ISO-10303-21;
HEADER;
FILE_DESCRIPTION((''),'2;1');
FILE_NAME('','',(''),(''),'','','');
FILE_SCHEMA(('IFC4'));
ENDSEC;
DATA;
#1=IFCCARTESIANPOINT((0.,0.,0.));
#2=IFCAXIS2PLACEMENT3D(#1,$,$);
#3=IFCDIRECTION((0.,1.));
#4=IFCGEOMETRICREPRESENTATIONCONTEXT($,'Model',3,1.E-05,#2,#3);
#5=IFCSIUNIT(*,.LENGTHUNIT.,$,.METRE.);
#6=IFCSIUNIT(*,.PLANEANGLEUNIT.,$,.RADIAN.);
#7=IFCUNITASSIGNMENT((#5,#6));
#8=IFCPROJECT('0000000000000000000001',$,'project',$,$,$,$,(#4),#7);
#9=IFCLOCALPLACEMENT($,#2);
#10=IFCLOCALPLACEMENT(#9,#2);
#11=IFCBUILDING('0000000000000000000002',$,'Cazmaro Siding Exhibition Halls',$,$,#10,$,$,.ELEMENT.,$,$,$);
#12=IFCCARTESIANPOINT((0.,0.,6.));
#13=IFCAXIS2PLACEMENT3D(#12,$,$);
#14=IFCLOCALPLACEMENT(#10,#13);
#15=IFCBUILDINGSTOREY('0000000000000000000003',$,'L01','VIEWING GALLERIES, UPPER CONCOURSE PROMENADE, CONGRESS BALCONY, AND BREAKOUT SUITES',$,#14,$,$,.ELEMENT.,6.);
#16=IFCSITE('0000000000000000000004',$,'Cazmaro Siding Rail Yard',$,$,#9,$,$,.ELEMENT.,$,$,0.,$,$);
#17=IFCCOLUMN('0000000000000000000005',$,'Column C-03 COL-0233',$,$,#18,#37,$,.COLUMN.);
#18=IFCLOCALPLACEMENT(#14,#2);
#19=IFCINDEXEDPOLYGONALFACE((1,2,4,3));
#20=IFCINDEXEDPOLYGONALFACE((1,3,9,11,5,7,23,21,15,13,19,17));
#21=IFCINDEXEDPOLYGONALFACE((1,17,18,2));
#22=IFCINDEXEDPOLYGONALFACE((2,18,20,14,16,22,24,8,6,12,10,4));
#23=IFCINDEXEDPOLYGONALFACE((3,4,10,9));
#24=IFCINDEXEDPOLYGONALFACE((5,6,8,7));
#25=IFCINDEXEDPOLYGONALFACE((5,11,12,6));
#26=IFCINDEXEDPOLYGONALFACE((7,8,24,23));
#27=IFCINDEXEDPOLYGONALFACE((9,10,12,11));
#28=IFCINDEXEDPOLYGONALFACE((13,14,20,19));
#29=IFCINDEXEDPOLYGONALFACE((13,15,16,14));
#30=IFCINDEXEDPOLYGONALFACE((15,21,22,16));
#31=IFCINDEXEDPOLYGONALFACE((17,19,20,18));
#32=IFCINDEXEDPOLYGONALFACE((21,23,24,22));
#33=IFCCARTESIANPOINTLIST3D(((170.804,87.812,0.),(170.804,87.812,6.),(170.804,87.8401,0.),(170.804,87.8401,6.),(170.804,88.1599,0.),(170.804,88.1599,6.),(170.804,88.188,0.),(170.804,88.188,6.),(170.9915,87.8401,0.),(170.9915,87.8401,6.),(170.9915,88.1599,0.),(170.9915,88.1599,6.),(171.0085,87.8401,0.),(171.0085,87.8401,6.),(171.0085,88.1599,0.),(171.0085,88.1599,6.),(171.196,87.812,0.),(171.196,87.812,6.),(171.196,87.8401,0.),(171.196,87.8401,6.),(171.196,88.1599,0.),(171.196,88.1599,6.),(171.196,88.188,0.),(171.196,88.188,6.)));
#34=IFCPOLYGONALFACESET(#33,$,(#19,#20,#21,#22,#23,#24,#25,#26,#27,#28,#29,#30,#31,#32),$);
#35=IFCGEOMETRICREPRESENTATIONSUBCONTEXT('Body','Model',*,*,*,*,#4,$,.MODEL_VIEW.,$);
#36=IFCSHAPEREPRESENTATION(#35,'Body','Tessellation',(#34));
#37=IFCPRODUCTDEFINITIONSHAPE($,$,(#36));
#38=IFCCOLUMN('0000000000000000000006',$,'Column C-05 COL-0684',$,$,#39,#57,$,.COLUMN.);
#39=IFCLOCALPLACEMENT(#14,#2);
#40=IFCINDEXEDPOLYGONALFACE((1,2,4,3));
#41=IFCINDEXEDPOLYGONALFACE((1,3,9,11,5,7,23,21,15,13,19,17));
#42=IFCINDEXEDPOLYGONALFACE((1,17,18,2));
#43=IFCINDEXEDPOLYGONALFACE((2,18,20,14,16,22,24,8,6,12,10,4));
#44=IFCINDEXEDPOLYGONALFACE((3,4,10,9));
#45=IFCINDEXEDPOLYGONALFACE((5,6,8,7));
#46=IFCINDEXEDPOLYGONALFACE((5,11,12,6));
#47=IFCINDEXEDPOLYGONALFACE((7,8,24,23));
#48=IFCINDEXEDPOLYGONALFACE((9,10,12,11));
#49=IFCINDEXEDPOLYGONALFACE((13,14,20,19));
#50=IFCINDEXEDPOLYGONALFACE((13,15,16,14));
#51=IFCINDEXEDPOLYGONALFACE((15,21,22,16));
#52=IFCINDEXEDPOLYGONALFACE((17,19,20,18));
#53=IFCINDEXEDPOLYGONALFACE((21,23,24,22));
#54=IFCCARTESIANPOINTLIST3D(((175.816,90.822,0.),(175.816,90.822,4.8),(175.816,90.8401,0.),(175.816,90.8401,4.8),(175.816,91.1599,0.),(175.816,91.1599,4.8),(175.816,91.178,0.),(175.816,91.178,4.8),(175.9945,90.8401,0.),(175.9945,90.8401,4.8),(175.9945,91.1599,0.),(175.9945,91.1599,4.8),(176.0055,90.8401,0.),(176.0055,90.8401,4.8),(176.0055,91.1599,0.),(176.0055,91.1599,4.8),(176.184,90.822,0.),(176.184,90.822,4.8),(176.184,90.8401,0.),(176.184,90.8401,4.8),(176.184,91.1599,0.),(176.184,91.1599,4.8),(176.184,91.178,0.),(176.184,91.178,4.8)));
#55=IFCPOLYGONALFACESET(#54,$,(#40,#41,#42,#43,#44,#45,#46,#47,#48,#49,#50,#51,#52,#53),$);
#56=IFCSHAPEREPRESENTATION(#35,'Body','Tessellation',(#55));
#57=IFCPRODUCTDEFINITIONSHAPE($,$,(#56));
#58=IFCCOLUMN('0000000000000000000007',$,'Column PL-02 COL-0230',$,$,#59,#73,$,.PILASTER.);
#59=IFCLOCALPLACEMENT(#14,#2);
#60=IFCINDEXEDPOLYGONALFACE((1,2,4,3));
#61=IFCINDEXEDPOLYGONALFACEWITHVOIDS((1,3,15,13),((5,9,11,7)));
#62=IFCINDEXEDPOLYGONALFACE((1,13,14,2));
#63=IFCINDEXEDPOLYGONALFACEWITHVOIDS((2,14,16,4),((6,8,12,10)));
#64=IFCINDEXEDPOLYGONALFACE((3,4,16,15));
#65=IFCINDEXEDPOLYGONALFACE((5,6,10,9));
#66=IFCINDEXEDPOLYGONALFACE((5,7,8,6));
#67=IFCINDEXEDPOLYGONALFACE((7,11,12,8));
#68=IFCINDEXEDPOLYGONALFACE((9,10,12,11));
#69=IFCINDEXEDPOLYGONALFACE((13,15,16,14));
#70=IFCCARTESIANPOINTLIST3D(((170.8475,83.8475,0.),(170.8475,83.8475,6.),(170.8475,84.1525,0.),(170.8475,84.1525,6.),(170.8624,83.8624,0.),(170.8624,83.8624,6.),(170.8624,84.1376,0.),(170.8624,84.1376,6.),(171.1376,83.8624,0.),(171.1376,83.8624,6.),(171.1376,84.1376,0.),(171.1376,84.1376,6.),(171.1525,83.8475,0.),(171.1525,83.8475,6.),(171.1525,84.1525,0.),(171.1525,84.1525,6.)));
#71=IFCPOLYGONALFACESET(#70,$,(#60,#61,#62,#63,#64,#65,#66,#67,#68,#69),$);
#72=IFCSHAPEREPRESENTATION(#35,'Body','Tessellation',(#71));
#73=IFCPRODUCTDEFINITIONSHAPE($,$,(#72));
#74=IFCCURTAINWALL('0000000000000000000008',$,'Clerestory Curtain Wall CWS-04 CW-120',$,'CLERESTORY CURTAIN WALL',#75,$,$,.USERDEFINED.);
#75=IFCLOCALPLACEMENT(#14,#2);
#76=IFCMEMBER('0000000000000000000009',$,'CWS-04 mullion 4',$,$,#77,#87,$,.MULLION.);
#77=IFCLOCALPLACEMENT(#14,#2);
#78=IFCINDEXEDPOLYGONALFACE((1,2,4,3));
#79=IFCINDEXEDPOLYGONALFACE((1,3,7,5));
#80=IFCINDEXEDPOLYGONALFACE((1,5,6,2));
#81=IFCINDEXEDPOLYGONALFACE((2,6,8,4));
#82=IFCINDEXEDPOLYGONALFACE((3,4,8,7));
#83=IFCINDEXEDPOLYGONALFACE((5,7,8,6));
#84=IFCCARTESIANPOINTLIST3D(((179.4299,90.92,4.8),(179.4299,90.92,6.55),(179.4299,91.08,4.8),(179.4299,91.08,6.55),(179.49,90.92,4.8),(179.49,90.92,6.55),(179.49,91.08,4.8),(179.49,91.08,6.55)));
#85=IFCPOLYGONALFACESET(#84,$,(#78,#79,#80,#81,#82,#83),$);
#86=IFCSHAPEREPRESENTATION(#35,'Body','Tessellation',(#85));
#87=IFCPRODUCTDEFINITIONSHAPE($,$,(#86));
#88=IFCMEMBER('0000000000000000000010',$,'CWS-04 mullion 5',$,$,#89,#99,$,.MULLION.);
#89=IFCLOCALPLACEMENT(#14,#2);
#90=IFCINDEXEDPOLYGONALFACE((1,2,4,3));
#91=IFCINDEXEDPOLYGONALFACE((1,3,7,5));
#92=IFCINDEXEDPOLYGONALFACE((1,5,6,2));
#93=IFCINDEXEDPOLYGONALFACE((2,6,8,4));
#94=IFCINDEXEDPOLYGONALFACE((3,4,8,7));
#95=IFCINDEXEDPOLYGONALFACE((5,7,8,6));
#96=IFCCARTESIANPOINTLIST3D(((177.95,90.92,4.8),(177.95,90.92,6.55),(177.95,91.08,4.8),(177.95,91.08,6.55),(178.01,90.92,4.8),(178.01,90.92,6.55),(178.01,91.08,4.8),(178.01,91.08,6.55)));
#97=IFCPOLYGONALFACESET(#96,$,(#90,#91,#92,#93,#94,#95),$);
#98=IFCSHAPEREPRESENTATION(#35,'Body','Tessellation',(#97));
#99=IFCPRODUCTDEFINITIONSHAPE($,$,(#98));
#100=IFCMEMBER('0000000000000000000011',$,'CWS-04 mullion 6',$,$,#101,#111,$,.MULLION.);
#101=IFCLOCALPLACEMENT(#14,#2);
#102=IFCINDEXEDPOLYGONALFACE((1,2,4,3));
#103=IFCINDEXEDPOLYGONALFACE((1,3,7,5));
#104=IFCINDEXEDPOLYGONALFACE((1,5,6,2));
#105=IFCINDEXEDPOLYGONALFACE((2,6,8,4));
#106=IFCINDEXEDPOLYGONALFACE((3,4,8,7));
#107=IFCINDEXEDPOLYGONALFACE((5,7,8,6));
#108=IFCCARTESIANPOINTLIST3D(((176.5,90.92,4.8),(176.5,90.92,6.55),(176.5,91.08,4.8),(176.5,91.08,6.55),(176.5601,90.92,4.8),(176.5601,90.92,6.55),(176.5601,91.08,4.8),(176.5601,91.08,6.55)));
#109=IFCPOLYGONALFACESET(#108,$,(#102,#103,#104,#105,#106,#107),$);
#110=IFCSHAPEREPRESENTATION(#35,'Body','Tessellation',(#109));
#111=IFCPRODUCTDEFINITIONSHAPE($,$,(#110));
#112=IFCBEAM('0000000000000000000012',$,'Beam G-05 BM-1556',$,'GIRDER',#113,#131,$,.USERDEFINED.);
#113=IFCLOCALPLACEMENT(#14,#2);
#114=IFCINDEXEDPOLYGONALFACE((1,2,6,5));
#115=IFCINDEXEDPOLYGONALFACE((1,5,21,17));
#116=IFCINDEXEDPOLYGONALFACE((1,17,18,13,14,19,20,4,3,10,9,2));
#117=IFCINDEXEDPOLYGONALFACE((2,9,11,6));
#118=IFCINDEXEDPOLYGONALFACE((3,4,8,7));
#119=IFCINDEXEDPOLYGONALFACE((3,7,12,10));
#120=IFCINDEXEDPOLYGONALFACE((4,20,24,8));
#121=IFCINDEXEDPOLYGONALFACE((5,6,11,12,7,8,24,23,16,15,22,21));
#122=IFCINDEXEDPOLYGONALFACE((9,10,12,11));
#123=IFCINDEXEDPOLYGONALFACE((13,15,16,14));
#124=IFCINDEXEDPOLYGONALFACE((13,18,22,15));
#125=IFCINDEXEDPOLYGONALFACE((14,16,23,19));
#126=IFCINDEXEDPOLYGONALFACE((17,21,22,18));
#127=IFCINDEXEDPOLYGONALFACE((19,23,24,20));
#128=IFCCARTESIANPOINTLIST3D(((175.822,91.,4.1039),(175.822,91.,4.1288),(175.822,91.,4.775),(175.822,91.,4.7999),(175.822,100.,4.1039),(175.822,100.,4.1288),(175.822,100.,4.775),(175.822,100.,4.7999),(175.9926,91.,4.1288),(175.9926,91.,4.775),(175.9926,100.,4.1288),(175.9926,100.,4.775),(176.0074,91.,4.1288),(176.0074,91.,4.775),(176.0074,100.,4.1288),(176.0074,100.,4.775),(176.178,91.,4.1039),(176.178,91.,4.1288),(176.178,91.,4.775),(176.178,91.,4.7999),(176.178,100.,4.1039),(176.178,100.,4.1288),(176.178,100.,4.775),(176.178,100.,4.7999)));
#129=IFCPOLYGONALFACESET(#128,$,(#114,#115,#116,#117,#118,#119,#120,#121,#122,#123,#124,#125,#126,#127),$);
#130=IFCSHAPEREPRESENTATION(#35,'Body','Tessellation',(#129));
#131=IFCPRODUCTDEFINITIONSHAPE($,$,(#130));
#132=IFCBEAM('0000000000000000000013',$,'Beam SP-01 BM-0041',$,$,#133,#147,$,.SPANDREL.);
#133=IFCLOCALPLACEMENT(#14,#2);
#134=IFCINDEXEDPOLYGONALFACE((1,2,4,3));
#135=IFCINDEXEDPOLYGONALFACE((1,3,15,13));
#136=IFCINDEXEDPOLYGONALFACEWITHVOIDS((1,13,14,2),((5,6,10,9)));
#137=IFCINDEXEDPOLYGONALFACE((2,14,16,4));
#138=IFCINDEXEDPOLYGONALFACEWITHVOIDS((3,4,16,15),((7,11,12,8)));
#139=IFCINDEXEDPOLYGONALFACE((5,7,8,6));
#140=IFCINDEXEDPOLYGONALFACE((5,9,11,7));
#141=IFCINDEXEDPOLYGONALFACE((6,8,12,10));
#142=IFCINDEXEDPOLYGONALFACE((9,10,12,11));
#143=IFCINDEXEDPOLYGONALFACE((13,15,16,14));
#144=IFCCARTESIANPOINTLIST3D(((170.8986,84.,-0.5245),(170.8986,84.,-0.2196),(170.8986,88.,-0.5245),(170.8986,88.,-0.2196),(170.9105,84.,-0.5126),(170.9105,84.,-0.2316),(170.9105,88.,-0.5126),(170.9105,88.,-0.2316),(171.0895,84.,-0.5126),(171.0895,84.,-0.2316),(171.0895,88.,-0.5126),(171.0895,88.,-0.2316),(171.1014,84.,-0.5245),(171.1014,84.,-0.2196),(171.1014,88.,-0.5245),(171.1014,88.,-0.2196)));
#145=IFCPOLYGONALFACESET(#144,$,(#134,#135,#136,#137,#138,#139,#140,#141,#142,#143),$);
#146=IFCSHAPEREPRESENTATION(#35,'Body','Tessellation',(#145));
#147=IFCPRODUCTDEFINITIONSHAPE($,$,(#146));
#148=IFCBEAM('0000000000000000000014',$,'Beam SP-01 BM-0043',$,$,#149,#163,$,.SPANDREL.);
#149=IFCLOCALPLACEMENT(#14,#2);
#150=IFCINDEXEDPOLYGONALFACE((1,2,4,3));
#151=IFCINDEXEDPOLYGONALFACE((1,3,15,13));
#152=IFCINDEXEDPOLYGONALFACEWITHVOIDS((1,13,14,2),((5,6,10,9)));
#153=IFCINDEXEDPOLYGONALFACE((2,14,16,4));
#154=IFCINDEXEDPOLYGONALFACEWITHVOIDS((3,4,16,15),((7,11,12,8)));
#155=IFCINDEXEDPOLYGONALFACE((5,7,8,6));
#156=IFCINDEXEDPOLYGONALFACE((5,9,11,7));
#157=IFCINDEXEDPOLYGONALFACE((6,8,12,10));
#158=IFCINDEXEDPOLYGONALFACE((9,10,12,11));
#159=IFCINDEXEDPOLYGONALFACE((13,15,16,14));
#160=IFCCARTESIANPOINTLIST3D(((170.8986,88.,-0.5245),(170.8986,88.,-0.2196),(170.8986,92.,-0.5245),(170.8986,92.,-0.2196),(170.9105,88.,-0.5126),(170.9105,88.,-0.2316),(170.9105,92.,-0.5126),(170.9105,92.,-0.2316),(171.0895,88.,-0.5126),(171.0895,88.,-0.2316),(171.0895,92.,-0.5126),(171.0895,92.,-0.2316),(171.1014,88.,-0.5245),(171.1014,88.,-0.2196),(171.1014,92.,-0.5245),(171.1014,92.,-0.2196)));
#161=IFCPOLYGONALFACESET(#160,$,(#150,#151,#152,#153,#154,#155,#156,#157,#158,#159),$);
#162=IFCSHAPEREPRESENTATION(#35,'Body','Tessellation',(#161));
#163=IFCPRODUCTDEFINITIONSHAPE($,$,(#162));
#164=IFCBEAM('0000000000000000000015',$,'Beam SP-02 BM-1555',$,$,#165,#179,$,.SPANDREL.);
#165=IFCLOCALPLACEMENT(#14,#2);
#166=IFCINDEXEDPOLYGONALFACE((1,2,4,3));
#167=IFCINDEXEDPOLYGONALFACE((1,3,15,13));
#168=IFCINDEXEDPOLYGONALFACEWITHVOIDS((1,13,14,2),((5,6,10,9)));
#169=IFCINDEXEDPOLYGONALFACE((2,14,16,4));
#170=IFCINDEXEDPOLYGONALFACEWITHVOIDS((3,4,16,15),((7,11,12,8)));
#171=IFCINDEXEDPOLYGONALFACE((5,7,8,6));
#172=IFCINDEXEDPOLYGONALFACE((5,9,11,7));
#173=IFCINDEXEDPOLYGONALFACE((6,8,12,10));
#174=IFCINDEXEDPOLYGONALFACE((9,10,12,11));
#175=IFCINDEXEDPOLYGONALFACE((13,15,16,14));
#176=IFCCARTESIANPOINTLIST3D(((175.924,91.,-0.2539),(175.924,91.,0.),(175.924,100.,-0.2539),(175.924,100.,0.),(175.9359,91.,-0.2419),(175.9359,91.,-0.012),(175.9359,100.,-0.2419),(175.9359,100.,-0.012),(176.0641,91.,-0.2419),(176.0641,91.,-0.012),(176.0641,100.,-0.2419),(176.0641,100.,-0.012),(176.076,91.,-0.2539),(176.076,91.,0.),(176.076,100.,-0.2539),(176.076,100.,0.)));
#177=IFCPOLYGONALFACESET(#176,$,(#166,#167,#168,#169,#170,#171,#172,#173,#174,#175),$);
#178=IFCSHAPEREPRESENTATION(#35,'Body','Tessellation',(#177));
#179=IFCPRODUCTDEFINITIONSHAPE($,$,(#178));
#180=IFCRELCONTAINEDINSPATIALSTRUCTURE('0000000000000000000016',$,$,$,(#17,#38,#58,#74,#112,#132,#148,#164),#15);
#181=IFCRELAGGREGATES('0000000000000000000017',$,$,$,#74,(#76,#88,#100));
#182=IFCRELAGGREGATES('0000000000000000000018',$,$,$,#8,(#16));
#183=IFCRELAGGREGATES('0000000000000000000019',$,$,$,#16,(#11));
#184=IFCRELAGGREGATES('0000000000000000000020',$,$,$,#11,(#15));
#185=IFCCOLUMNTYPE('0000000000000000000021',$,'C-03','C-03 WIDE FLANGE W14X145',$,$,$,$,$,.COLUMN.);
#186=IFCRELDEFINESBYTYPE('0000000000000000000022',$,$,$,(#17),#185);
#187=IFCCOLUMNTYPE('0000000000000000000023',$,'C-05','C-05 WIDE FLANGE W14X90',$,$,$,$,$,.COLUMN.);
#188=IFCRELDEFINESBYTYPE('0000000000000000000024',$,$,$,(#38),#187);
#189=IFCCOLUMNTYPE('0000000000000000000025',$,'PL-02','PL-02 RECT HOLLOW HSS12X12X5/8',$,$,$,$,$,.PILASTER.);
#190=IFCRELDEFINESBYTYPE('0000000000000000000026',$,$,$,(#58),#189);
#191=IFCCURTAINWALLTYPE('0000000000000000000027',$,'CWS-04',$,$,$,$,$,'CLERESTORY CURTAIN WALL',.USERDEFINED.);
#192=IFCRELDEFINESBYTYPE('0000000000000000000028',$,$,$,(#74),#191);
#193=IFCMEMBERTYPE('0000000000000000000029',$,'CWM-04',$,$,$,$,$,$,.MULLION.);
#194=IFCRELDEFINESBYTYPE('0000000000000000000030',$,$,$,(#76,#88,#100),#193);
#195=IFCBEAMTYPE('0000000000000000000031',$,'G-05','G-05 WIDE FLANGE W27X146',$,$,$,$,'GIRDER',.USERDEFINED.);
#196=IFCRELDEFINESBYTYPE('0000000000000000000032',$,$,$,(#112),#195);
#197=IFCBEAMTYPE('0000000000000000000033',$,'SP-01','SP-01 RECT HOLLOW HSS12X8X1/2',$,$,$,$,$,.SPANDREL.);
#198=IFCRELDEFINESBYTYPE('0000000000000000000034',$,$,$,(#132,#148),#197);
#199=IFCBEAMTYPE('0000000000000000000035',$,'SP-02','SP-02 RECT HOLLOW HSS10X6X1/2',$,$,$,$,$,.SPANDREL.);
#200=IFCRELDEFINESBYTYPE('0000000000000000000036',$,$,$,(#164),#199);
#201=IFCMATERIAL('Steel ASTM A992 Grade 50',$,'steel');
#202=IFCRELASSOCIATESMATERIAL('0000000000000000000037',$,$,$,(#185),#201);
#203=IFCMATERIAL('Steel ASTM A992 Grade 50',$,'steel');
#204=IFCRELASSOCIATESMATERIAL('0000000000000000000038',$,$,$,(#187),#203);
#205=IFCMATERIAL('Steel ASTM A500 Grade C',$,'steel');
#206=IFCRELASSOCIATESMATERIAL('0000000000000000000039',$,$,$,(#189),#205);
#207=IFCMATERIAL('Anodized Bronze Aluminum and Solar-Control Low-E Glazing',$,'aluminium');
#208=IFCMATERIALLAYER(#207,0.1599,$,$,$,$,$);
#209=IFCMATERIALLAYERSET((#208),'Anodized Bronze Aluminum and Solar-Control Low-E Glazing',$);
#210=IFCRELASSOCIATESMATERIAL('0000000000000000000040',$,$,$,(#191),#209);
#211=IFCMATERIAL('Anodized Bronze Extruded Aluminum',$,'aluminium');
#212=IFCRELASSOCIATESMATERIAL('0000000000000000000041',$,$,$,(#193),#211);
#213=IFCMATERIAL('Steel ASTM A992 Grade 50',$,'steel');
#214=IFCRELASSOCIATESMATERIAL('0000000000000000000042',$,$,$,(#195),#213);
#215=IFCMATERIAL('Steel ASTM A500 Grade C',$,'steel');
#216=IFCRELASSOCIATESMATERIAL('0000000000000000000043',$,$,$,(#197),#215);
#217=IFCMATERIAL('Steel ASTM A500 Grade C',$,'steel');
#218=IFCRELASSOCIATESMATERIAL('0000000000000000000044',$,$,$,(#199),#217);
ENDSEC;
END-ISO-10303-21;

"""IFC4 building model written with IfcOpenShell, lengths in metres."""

from ifc_helpers import new_model, si_unit, direction, frame, origin, origin_2d, place, context, subcontext, project, spatial, rectangle, hollow_rectangle, i_section, extrude, material, layer, layer_set, material_profile, profile_set, type_object, element, aggregate, save


model = new_model("IFC4")

# Units and contexts
model_context = context("Model", 3, precision=1e-05, world=origin(), true_north=direction((0.0, 1.0)))
body_context = subcontext(model_context, "Body", "Model", "MODEL_VIEW")
ifc_project = project(units=[si_unit("LENGTHUNIT", "METRE"), si_unit("PLANEANGLEUNIT", "RADIAN")], contexts=[model_context])

# Site, building, storey
site_placement = place(None, origin())
site = spatial("IfcSite", under=ifc_project, at=site_placement, Name="Cazmaro Siding Rail Yard", CompositionType="ELEMENT", RefElevation=0.0)
building_placement = place(site_placement, origin())
building = spatial("IfcBuilding", under=site, at=building_placement, Name="Cazmaro Siding Exhibition Halls", CompositionType="ELEMENT")
storey_placement = place(building_placement, frame((0.0, 0.0, 6.0)))
storey = spatial("IfcBuildingStorey", under=building, at=storey_placement, Name="L01", Description="VIEWING GALLERIES, UPPER CONCOURSE PROMENADE, CONGRESS BALCONY, AND BREAKOUT SUITES", CompositionType="ELEMENT", Elevation=6.0)

# Columns
ifc_material_1 = material(Name="Steel ASTM A992 Grade 50", Category="steel")
ifc_material_profile_1 = material_profile(ifc_material_1, i_section(OverallWidth=0.3921, OverallDepth=0.376, WebThickness=0.0171, FlangeThickness=0.0281, at=origin_2d()), Name="W14X145")
ifc_profile_set_1 = profile_set([ifc_material_profile_1], Name="Steel ASTM A992 Grade 50")
column_type_1 = type_object("IfcColumnType", Name="C-03", Description="C-03 WIDE FLANGE W14X145", PredefinedType="COLUMN", material=ifc_profile_set_1)
column_1_placement = place(storey_placement, frame((171.0, 88.0, 0.0), z_axis=(0.0, 0.0, 1.0), x_axis=(1.0, 0.0, 0.0)))
element("IfcColumn", 1, at=column_1_placement, inside=storey, type_object=column_type_1, Name="Column C-03 COL-0233", PredefinedType="COLUMN", context=body_context, shape_type="SweptSolid", body=[
    extrude(i_section(OverallWidth=0.3921, OverallDepth=0.376, WebThickness=0.0171, FlangeThickness=0.0281, at=origin_2d()), origin(), (0.0, 0.0, 1.0), 6.0),
])
ifc_material_2 = material(Name="Steel ASTM A992 Grade 50", Category="steel")
ifc_material_profile_2 = material_profile(ifc_material_2, i_section(OverallWidth=0.3679, OverallDepth=0.356, WebThickness=0.011, FlangeThickness=0.0181, at=origin_2d()), Name="W14X90")
ifc_profile_set_2 = profile_set([ifc_material_profile_2], Name="Steel ASTM A992 Grade 50")
column_type_2 = type_object("IfcColumnType", Name="C-05", Description="C-05 WIDE FLANGE W14X90", PredefinedType="COLUMN", material=ifc_profile_set_2)
column_2_placement = place(storey_placement, frame((176.0, 91.0, 0.0), z_axis=(0.0, 0.0, 1.0), x_axis=(1.0, 0.0, 0.0)))
element("IfcColumn", 2, at=column_2_placement, inside=storey, type_object=column_type_2, Name="Column C-05 COL-0684", PredefinedType="COLUMN", context=body_context, shape_type="SweptSolid", body=[
    extrude(i_section(OverallWidth=0.3679, OverallDepth=0.356, WebThickness=0.011, FlangeThickness=0.0181, at=origin_2d()), origin(), (0.0, 0.0, 1.0), 4.8),
])
ifc_material_3 = material(Name="Steel ASTM A500 Grade C", Category="steel")
ifc_material_profile_3 = material_profile(ifc_material_3, hollow_rectangle(XDim=0.3049, YDim=0.3049, WallThickness=0.0149, at=origin_2d()), Name="HSS12X12X5/8")
ifc_profile_set_3 = profile_set([ifc_material_profile_3], Name="Steel ASTM A500 Grade C")
column_type_3 = type_object("IfcColumnType", Name="PL-02", Description="PL-02 RECT HOLLOW HSS12X12X5/8", PredefinedType="PILASTER", material=ifc_profile_set_3)
column_3_placement = place(storey_placement, frame((171.0, 84.0, 0.0), z_axis=(0.0, 0.0, 1.0), x_axis=(1.0, 0.0, 0.0)))
element("IfcColumn", 3, at=column_3_placement, inside=storey, type_object=column_type_3, Name="Column PL-02 COL-0230", PredefinedType="PILASTER", context=body_context, shape_type="SweptSolid", body=[
    extrude(hollow_rectangle(XDim=0.3049, YDim=0.3049, WallThickness=0.0149, at=origin_2d()), origin(), (0.0, 0.0, 1.0), 6.0),
])

# Curtain wall, members
ifc_material_4 = material(Name="Anodized Bronze Aluminum and Solar-Control Low-E Glazing", Category="aluminium")
ifc_layer_1 = layer(ifc_material_4, 0.1599)
ifc_layer_set_1 = layer_set([ifc_layer_1], Name="Anodized Bronze Aluminum and Solar-Control Low-E Glazing")
curtain_wall_type = type_object("IfcCurtainWallType", Name="CWS-04", ElementType="CLERESTORY CURTAIN WALL", PredefinedType="USERDEFINED", material=ifc_layer_set_1)
curtain_wall_placement = place(storey_placement, origin())
curtain_wall = element("IfcCurtainWall", 4, at=curtain_wall_placement, inside=storey, type_object=curtain_wall_type, Name="Clerestory Curtain Wall CWS-04 CW-120", ObjectType="CLERESTORY CURTAIN WALL", PredefinedType="USERDEFINED")
ifc_material_5 = material(Name="Anodized Bronze Extruded Aluminum", Category="aluminium")
ifc_material_profile_4 = material_profile(ifc_material_5, rectangle(XDim=0.1599, YDim=0.0601, at=origin_2d()), Name="CWM-04")
ifc_profile_set_4 = profile_set([ifc_material_profile_4], Name="Anodized Bronze Extruded Aluminum")
member_type_1 = type_object("IfcMemberType", Name="CWM-04", PredefinedType="MULLION", material=ifc_profile_set_4)
member_1_placement = place(storey_placement, frame((179.46, 91.0, 4.8), z_axis=(0.0, 0.0, 1.0), x_axis=(0.0, -1.0, 0.0)))
member_1 = element("IfcMember", 5, at=member_1_placement, type_object=member_type_1, Name="CWS-04 mullion 4", PredefinedType="MULLION", context=body_context, shape_type="SweptSolid", body=[
    extrude(rectangle(XDim=0.1599, YDim=0.0601, at=origin_2d()), origin(), (0.0, 0.0, 1.0), 1.75),
])
member_2_placement = place(storey_placement, frame((177.98, 91.0, 4.8), z_axis=(0.0, 0.0, 1.0), x_axis=(0.0, -1.0, 0.0)))
member_2 = element("IfcMember", 6, at=member_2_placement, type_object=member_type_1, Name="CWS-04 mullion 5", PredefinedType="MULLION", context=body_context, shape_type="SweptSolid", body=[
    extrude(rectangle(XDim=0.1599, YDim=0.0601, at=origin_2d()), origin(), (0.0, 0.0, 1.0), 1.75),
])
member_3_placement = place(storey_placement, frame((176.53, 91.0, 4.8), z_axis=(0.0, 0.0, 1.0), x_axis=(0.0, -1.0, 0.0)))
member_3 = element("IfcMember", 7, at=member_3_placement, type_object=member_type_1, Name="CWS-04 mullion 6", PredefinedType="MULLION", context=body_context, shape_type="SweptSolid", body=[
    extrude(rectangle(XDim=0.1599, YDim=0.0601, at=origin_2d()), origin(), (0.0, 0.0, 1.0), 1.75),
])
aggregate(curtain_wall, [member_1, member_2, member_3])

# Beams
ifc_material_6 = material(Name="Steel ASTM A992 Grade 50", Category="steel")
ifc_material_profile_5 = material_profile(ifc_material_6, i_section(OverallWidth=0.356, OverallDepth=0.696, WebThickness=0.0149, FlangeThickness=0.0249, at=origin_2d()), Name="W27X146")
ifc_profile_set_5 = profile_set([ifc_material_profile_5], Name="Steel ASTM A992 Grade 50")
beam_type_1 = type_object("IfcBeamType", Name="G-05", Description="G-05 WIDE FLANGE W27X146", ElementType="GIRDER", PredefinedType="USERDEFINED", material=ifc_profile_set_5)
beam_1_placement = place(storey_placement, frame((176.0, 91.0, 4.4519), z_axis=(0.0, 1.0, 0.0), x_axis=(-1.0, 0.0, 0.0)))
element("IfcBeam", 8, at=beam_1_placement, inside=storey, type_object=beam_type_1, Name="Beam G-05 BM-1556", ObjectType="GIRDER", PredefinedType="USERDEFINED", context=body_context, shape_type="SweptSolid", body=[
    extrude(i_section(OverallWidth=0.356, OverallDepth=0.696, WebThickness=0.0149, FlangeThickness=0.0249, at=origin_2d()), origin(), (0.0, 0.0, 1.0), 9.0),
])
ifc_material_7 = material(Name="Steel ASTM A500 Grade C", Category="steel")
ifc_material_profile_6 = material_profile(ifc_material_7, hollow_rectangle(XDim=0.2029, YDim=0.3049, WallThickness=0.012, at=origin_2d()), Name="HSS12X8X1/2")
ifc_profile_set_6 = profile_set([ifc_material_profile_6], Name="Steel ASTM A500 Grade C")
beam_type_2 = type_object("IfcBeamType", Name="SP-01", Description="SP-01 RECT HOLLOW HSS12X8X1/2", PredefinedType="SPANDREL", material=ifc_profile_set_6)
for number, where, z_axis, x_axis, name in (
    (9, (171.0, 84.0, -0.3721), (0.0, 1.0, 0.0), (-1.0, 0.0, 0.0), "Beam SP-01 BM-0041"),
    (10, (171.0, 88.0, -0.3721), (0.0, 1.0, 0.0), (-1.0, 0.0, 0.0), "Beam SP-01 BM-0043"),
):
    element("IfcBeam", number, at=place(storey_placement, frame(where, z_axis=z_axis, x_axis=x_axis)), inside=storey, type_object=beam_type_2, Name=name, PredefinedType="SPANDREL", context=body_context, shape_type="SweptSolid", body=[
        extrude(hollow_rectangle(XDim=0.2029, YDim=0.3049, WallThickness=0.012, at=origin_2d()), origin(), (0.0, 0.0, 1.0), 4.0),
    ])
ifc_material_8 = material(Name="Steel ASTM A500 Grade C", Category="steel")
ifc_material_profile_7 = material_profile(ifc_material_8, hollow_rectangle(XDim=0.1521, YDim=0.2539, WallThickness=0.012, at=origin_2d()), Name="HSS10X6X1/2")
ifc_profile_set_7 = profile_set([ifc_material_profile_7], Name="Steel ASTM A500 Grade C")
beam_type_3 = type_object("IfcBeamType", Name="SP-02", Description="SP-02 RECT HOLLOW HSS10X6X1/2", PredefinedType="SPANDREL", material=ifc_profile_set_7)
beam_2_placement = place(storey_placement, frame((176.0, 91.0, -0.127), z_axis=(0.0, 1.0, 0.0), x_axis=(-1.0, 0.0, 0.0)))
element("IfcBeam", 11, at=beam_2_placement, inside=storey, type_object=beam_type_3, Name="Beam SP-02 BM-1555", PredefinedType="SPANDREL", context=body_context, shape_type="SweptSolid", body=[
    extrude(hollow_rectangle(XDim=0.1521, YDim=0.2539, WallThickness=0.012, at=origin_2d()), origin(), (0.0, 0.0, 1.0), 9.0),
])

save(model, "model.ifc")
